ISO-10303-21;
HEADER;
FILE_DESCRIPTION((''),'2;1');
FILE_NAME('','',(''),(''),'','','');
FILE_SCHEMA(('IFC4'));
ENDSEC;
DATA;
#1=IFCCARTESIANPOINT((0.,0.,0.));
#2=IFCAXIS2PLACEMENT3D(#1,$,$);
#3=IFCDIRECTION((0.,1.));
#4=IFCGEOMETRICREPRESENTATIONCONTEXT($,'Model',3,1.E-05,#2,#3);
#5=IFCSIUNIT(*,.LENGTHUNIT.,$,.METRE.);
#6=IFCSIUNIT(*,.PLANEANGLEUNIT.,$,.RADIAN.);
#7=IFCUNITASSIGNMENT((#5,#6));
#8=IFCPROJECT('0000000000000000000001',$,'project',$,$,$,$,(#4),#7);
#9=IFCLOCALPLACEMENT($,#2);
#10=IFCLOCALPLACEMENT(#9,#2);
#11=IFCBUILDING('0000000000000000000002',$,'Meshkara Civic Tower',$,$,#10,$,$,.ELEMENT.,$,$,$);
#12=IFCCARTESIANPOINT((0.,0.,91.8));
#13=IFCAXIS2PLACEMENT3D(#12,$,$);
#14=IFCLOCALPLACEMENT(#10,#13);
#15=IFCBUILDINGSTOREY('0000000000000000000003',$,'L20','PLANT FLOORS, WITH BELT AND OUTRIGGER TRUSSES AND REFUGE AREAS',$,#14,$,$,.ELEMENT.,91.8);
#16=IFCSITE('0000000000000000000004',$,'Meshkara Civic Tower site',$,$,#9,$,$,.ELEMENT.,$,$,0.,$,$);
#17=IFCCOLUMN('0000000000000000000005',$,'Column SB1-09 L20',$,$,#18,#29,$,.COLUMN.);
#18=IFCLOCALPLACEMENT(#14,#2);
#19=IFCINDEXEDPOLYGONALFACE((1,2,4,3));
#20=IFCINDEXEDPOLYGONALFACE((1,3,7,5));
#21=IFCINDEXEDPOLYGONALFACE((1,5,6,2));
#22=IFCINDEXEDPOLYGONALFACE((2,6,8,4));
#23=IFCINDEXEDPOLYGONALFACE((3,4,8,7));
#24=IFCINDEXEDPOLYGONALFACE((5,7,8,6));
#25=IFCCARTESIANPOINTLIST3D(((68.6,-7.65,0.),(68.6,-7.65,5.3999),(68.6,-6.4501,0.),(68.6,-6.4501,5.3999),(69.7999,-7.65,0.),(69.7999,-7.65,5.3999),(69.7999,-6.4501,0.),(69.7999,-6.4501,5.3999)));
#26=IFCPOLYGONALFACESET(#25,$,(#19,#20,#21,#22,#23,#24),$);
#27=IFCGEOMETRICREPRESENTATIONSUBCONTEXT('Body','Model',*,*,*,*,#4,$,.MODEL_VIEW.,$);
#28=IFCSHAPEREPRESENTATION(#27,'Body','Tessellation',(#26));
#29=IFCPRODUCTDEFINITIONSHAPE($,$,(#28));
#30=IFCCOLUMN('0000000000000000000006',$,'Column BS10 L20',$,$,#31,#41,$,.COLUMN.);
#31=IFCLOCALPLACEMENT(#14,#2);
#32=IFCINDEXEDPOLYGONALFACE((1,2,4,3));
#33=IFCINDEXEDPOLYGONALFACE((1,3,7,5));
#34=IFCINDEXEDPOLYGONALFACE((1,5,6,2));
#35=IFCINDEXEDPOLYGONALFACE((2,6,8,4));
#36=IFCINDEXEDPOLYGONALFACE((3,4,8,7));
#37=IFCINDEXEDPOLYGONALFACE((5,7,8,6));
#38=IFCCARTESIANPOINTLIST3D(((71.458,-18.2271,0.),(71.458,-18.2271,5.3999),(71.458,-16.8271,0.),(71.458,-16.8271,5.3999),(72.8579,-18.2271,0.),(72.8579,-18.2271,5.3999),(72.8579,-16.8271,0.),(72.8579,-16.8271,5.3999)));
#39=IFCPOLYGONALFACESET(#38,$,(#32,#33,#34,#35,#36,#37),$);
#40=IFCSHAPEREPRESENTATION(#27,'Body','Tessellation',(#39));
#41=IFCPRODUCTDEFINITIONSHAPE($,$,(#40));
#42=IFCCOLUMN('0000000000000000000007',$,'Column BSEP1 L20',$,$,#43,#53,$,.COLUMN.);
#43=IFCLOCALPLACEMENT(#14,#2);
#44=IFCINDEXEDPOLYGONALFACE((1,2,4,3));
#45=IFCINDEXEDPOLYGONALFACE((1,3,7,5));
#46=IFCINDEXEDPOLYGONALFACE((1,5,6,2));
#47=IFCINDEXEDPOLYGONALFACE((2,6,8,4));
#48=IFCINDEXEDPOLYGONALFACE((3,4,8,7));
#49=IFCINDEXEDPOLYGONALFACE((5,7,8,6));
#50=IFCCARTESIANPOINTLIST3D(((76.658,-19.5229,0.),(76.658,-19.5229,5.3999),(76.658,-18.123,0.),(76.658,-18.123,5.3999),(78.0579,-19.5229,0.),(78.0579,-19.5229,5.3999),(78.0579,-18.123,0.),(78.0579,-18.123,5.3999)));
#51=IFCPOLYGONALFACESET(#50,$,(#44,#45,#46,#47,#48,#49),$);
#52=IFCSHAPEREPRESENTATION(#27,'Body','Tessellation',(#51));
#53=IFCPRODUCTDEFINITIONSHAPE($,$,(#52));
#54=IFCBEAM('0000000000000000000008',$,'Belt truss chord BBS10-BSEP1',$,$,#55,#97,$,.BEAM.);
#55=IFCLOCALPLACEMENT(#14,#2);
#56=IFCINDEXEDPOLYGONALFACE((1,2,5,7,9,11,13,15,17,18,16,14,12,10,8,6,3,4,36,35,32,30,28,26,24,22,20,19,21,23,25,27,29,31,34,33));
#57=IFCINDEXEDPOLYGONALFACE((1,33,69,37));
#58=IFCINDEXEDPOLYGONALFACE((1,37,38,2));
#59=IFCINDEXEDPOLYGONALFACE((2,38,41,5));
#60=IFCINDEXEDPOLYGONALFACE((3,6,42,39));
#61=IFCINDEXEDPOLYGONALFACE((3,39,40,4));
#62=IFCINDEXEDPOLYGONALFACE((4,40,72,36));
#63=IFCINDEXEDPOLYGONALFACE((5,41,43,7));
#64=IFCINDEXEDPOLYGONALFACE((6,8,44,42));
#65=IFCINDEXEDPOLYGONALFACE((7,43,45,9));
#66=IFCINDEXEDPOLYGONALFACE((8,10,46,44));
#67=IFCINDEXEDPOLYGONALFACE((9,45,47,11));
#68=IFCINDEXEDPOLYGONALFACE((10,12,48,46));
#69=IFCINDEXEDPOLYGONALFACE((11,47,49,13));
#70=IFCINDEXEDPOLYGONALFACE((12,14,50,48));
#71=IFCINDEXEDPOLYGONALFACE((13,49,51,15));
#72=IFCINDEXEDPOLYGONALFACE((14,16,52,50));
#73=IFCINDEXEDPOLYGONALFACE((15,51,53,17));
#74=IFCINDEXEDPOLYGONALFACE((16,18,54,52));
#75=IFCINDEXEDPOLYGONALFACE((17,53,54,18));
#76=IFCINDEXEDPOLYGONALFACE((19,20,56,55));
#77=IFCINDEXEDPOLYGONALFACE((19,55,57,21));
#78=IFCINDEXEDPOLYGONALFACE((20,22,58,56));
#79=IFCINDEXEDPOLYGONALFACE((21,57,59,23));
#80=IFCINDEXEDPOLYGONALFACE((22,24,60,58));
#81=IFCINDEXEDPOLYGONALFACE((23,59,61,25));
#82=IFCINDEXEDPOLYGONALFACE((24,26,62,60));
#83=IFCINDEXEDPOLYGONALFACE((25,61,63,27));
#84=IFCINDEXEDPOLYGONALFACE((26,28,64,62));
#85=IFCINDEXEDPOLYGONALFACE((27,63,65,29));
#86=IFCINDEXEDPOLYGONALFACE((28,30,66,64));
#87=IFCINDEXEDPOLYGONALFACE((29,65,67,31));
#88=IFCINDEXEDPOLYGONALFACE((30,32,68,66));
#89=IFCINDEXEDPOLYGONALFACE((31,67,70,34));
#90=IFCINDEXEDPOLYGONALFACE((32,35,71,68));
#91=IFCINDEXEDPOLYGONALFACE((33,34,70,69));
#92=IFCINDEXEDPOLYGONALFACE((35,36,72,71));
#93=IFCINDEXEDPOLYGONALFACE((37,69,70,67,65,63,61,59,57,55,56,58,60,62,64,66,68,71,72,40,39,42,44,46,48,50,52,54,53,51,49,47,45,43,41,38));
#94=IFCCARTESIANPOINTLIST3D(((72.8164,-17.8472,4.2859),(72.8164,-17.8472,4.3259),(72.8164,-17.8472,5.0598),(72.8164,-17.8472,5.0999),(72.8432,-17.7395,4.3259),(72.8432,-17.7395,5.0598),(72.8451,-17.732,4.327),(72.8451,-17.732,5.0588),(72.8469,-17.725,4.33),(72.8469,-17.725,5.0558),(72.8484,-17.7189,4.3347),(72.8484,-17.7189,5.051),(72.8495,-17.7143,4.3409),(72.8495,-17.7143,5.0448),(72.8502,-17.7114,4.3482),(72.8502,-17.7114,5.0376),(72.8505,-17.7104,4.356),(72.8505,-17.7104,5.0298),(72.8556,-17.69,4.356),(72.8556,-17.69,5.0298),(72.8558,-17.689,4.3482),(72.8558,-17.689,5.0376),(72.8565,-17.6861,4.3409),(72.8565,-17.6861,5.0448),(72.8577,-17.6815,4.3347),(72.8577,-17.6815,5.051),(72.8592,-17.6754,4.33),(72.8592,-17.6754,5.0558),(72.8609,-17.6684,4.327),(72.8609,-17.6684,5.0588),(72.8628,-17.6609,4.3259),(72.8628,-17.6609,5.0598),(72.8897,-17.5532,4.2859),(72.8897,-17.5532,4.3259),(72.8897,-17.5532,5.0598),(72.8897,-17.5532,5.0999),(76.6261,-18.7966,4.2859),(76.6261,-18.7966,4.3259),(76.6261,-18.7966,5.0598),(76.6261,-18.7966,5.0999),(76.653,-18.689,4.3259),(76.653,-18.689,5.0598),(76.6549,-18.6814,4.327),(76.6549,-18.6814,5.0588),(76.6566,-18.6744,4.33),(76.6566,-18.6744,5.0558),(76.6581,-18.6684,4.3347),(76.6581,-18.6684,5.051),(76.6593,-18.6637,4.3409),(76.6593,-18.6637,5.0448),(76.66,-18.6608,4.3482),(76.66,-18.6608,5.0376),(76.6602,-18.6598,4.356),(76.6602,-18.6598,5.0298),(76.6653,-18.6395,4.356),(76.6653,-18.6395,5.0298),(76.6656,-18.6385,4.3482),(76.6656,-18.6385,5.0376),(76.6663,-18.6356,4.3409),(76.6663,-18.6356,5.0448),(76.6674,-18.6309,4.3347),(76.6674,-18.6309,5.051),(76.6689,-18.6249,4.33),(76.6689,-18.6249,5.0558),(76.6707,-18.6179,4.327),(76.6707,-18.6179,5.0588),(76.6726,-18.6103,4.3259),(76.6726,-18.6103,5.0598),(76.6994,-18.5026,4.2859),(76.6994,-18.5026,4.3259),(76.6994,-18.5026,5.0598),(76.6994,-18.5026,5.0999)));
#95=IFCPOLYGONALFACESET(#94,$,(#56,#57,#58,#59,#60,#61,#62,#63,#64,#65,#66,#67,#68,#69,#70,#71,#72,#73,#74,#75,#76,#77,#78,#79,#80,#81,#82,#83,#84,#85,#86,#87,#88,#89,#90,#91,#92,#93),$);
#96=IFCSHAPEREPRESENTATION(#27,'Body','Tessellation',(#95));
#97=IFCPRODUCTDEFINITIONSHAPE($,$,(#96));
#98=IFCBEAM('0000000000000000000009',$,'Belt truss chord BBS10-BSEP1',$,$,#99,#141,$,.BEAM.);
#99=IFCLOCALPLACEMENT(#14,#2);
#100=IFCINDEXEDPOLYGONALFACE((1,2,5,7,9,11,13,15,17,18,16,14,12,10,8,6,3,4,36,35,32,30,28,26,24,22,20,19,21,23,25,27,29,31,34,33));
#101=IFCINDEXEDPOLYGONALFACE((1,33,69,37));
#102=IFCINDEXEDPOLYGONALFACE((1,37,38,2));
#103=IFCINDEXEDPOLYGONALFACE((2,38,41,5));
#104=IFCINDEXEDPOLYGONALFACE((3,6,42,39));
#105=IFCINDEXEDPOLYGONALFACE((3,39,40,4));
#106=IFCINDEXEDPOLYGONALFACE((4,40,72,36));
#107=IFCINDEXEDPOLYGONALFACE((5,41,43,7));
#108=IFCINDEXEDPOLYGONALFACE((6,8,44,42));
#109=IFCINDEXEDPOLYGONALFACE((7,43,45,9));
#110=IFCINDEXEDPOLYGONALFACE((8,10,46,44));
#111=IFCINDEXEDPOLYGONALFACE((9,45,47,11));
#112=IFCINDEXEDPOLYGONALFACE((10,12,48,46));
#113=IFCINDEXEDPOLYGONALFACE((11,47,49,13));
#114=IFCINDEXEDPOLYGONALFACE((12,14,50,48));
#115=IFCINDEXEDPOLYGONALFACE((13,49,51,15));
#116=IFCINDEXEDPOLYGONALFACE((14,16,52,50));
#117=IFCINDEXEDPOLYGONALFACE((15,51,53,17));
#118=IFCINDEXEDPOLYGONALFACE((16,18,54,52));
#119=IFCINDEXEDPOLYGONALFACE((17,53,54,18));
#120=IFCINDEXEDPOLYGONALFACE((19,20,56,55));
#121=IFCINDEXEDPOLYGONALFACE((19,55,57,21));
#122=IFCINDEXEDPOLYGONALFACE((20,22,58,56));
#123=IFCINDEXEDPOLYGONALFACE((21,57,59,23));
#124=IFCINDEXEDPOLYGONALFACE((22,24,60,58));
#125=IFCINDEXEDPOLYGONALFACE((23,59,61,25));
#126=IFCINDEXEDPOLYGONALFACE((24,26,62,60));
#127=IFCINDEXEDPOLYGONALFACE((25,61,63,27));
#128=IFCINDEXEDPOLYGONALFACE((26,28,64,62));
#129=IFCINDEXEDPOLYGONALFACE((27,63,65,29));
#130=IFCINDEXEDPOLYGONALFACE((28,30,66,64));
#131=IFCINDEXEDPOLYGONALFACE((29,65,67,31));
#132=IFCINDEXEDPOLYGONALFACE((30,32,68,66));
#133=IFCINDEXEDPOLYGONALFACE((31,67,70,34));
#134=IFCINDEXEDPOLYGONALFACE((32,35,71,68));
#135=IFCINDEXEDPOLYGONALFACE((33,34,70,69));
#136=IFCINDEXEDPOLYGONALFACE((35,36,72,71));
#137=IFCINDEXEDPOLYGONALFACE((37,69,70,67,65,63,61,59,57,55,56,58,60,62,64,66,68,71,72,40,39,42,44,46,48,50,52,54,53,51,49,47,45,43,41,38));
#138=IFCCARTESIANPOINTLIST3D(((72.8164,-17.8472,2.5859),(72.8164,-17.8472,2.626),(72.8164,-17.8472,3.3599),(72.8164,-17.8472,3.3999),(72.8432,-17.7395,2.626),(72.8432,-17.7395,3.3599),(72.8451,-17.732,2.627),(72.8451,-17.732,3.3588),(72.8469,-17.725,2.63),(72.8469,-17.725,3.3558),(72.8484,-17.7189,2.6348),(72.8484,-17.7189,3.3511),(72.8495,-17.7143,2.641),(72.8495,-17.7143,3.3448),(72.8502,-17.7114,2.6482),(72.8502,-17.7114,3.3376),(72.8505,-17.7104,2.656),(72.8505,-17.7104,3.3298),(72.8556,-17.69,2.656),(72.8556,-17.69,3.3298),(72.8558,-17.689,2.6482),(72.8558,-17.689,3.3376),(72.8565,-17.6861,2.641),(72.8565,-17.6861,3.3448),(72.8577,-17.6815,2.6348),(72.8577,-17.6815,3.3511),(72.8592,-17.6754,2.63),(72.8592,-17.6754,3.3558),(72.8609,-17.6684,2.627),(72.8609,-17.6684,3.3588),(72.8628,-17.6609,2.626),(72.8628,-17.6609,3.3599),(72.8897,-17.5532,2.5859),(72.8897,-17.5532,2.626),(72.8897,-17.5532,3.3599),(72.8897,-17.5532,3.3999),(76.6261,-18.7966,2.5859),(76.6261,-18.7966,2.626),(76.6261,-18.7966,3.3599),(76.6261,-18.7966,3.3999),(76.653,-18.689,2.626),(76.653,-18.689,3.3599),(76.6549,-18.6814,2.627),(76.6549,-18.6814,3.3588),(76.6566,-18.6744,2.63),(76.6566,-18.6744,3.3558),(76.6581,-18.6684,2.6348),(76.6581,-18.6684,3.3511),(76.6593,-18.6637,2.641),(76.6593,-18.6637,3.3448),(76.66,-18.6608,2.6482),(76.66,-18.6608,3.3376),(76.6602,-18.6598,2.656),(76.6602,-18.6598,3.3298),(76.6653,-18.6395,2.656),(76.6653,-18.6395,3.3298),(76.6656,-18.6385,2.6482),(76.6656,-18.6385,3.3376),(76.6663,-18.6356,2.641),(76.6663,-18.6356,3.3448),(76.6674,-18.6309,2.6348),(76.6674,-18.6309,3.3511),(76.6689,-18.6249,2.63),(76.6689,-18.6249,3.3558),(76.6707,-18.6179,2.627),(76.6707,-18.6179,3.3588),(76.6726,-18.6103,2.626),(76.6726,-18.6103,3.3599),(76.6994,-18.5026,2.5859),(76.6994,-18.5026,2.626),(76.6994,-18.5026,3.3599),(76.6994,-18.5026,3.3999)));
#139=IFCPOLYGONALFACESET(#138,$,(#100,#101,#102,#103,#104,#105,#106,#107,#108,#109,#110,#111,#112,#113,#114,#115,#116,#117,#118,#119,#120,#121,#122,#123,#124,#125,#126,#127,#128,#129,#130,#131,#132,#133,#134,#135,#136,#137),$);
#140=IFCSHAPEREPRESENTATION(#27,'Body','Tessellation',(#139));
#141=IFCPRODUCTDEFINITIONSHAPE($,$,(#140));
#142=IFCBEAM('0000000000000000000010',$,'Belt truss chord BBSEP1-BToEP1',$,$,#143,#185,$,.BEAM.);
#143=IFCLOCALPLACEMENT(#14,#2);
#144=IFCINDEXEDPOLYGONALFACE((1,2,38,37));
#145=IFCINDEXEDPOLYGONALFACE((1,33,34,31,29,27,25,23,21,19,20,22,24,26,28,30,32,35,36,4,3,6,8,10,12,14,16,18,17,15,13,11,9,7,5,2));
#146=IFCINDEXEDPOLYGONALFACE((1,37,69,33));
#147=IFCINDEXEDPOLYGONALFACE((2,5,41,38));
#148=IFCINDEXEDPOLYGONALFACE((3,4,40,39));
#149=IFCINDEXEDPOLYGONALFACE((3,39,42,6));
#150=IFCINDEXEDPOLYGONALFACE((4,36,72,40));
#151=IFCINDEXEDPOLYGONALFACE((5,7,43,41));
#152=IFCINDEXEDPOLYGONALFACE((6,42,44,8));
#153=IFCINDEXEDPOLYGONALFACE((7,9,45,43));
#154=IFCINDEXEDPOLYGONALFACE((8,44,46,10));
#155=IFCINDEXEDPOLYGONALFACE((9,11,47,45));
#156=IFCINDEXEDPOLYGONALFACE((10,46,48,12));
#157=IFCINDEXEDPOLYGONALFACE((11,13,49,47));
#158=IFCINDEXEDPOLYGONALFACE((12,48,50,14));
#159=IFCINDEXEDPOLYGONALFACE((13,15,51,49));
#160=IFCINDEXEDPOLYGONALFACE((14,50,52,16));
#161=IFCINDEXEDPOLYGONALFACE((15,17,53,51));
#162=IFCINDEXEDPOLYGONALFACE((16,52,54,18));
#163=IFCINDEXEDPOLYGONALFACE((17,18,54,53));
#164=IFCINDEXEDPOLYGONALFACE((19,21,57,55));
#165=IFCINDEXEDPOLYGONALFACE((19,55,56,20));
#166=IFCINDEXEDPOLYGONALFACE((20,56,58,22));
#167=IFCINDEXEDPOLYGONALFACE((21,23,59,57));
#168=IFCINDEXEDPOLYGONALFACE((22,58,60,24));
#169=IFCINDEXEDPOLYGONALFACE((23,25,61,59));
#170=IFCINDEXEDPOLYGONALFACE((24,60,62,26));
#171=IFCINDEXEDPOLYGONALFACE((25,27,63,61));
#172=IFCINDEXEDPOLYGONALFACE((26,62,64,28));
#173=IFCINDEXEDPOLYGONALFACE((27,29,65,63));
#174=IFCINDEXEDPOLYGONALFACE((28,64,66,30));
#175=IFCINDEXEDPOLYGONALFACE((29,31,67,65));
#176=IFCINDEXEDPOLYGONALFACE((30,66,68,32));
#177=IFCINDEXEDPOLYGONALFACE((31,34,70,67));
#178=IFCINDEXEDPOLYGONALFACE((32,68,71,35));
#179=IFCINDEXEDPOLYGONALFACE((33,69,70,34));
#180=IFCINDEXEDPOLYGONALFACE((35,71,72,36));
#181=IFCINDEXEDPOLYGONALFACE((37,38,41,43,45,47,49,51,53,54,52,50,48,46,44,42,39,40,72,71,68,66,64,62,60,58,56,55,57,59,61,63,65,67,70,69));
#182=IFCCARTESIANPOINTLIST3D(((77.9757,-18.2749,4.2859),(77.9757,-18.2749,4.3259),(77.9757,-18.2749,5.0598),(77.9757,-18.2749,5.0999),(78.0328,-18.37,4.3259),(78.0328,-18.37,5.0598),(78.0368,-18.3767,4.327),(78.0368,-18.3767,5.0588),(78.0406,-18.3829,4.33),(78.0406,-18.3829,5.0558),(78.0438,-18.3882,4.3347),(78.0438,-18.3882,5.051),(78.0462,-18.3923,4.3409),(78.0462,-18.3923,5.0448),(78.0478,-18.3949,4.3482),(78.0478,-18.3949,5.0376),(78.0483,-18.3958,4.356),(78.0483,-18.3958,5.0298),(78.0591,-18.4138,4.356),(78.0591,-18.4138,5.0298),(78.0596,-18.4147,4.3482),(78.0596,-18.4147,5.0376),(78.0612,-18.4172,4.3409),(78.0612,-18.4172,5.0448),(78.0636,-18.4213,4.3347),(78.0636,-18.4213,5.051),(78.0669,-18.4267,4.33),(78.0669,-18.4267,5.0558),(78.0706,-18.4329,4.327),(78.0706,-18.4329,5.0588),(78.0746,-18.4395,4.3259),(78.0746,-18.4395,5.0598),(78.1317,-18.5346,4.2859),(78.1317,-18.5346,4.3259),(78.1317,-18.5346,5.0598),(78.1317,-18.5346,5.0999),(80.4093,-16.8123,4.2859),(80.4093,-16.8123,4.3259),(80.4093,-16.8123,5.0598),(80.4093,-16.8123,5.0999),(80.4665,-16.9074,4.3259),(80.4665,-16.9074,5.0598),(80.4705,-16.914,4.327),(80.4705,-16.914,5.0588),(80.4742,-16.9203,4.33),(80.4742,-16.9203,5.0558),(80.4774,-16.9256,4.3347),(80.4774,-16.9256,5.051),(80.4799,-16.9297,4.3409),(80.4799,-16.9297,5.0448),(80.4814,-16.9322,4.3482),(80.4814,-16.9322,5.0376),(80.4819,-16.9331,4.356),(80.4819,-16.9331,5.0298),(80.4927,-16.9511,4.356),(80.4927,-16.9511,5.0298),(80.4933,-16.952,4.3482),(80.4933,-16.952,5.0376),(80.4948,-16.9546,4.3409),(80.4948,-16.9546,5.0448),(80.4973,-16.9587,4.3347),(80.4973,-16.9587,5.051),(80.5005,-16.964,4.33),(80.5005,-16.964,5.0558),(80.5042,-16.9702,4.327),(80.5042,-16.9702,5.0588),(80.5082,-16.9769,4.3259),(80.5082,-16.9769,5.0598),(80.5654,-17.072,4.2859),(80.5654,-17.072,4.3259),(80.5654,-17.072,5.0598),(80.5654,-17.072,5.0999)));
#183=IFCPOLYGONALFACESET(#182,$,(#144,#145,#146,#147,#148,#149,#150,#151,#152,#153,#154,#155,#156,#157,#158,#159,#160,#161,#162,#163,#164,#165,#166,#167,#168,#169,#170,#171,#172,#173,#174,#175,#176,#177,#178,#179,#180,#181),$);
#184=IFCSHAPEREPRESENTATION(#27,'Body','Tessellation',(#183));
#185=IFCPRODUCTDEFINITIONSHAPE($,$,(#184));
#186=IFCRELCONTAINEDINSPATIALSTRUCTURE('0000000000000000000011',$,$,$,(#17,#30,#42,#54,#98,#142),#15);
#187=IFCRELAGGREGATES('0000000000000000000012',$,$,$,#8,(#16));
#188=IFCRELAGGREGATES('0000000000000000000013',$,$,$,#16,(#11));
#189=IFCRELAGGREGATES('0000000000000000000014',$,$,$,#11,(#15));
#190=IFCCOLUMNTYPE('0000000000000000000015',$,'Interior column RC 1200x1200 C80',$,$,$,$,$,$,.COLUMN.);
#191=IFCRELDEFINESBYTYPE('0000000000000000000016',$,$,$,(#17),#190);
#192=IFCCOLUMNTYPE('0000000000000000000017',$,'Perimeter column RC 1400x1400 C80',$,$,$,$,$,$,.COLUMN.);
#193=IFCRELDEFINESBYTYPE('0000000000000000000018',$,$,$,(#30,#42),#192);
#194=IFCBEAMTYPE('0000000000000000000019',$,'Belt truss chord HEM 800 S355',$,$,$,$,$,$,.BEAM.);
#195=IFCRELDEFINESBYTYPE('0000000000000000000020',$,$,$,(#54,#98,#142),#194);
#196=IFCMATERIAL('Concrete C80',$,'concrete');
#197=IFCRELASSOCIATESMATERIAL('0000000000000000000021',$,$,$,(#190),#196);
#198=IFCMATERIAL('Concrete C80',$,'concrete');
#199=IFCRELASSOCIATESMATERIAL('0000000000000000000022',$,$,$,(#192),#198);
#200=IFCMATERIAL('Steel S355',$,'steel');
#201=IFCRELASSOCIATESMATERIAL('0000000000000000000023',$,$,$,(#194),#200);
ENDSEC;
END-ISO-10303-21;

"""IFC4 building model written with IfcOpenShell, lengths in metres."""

from ifc_helpers import new_model, si_unit, direction, frame, origin, origin_2d, place, context, subcontext, project, spatial, rectangle, i_section, extrude, material, material_profile, profile_set, type_object, element, save


model = new_model("IFC4")

# Units and contexts
model_context = context("Model", 3, precision=1e-05, world=origin(), true_north=direction((0.0, 1.0)))
body_context = subcontext(model_context, "Body", "Model", "MODEL_VIEW")
ifc_project = project(units=[si_unit("LENGTHUNIT", "METRE"), si_unit("PLANEANGLEUNIT", "RADIAN")], contexts=[model_context])

# Site, building, storey
site_placement = place(None, origin())
site = spatial("IfcSite", under=ifc_project, at=site_placement, Name="Meshkara Civic Tower site", CompositionType="ELEMENT", RefElevation=0.0)
building_placement = place(site_placement, origin())
building = spatial("IfcBuilding", under=site, at=building_placement, Name="Meshkara Civic Tower", CompositionType="ELEMENT")
storey_placement = place(building_placement, frame((0.0, 0.0, 91.8)))
storey = spatial("IfcBuildingStorey", under=building, at=storey_placement, Name="L20", Description="PLANT FLOORS, WITH BELT AND OUTRIGGER TRUSSES AND REFUGE AREAS", CompositionType="ELEMENT", Elevation=91.8)

# Columns
ifc_material_1 = material(Name="Concrete C80", Category="concrete")
ifc_material_profile_1 = material_profile(ifc_material_1, rectangle(XDim=1.2, YDim=1.2, at=origin_2d()))
ifc_profile_set_1 = profile_set([ifc_material_profile_1], Name="Concrete C80")
column_type_1 = type_object("IfcColumnType", Name="Interior column RC 1200x1200 C80", PredefinedType="COLUMN", material=ifc_profile_set_1)
column_placement = place(storey_placement, frame((69.2, -7.05, 0.0), z_axis=(0.0, 0.0, 1.0), x_axis=(1.0, 0.0, 0.0)))
element("IfcColumn", 1, at=column_placement, inside=storey, type_object=column_type_1, Name="Column SB1-09 L20", PredefinedType="COLUMN", context=body_context, shape_type="SweptSolid", body=[
    extrude(rectangle(XDim=1.2, YDim=1.2, at=origin_2d()), origin(), (0.0, 0.0, 1.0), 5.3999),
])
ifc_material_2 = material(Name="Concrete C80", Category="concrete")
ifc_material_profile_2 = material_profile(ifc_material_2, rectangle(XDim=1.3999, YDim=1.3999, at=origin_2d()))
ifc_profile_set_2 = profile_set([ifc_material_profile_2], Name="Concrete C80")
column_type_2 = type_object("IfcColumnType", Name="Perimeter column RC 1400x1400 C80", PredefinedType="COLUMN", material=ifc_profile_set_2)
for number, where, z_axis, x_axis, name in (
    (2, (72.158, -17.5271, 0.0), (0.0, 0.0, 1.0), (1.0, 0.0, 0.0), "Column BS10 L20"),
    (3, (77.3579, -18.823, 0.0), (0.0, 0.0, 1.0), (1.0, 0.0, 0.0), "Column BSEP1 L20"),
):
    element("IfcColumn", number, at=place(storey_placement, frame(where, z_axis=z_axis, x_axis=x_axis)), inside=storey, type_object=column_type_2, Name=name, PredefinedType="COLUMN", context=body_context, shape_type="SweptSolid", body=[
        extrude(rectangle(XDim=1.3999, YDim=1.3999, at=origin_2d()), origin(), (0.0, 0.0, 1.0), 5.3999),
    ])

# Beams
ifc_material_3 = material(Name="Steel S355", Category="steel")
ifc_material_profile_3 = material_profile(ifc_material_3, i_section(OverallWidth=0.303, OverallDepth=0.814, WebThickness=0.021, FlangeThickness=0.04, FilletRadius=0.03, at=origin_2d()))
ifc_profile_set_3 = profile_set([ifc_material_profile_3], Name="Steel S355")
beam_type = type_object("IfcBeamType", Name="Belt truss chord HEM 800 S355", PredefinedType="BEAM", material=ifc_profile_set_3)
for number, where, z_axis, x_axis, name in (
    (4, (72.853, -17.7002, 4.6929), (0.970321, -0.241819, 0.0), (0.241819, 0.970321, 0.0), "Belt truss chord BBS10-BSEP1"),
    (5, (72.853, -17.7002, 2.9929), (0.970321, -0.241819, 0.0), (0.241819, 0.970321, 0.0), "Belt truss chord BBS10-BSEP1"),
):
    element("IfcBeam", number, at=place(storey_placement, frame(where, z_axis=z_axis, x_axis=x_axis)), inside=storey, type_object=beam_type, Name=name, PredefinedType="BEAM", context=body_context, shape_type="SweptSolid", body=[
        extrude(i_section(OverallWidth=0.303, OverallDepth=0.814, WebThickness=0.021, FlangeThickness=0.04, FilletRadius=0.03, at=origin_2d()), origin(), (0.0, 0.0, 1.0), 3.9263),
    ])
beam_placement = place(storey_placement, frame((78.0537, -18.4048, 4.6929), z_axis=(0.857106, 0.515141, 0.0), x_axis=(-0.515141, 0.857106, 0.0)))
element("IfcBeam", 6, at=beam_placement, inside=storey, type_object=beam_type, Name="Belt truss chord BBSEP1-BToEP1", PredefinedType="BEAM", context=body_context, shape_type="SweptSolid", body=[
    extrude(i_section(OverallWidth=0.303, OverallDepth=0.814, WebThickness=0.021, FlangeThickness=0.04, FilletRadius=0.03, at=origin_2d()), origin(), (0.0, 0.0, 1.0), 2.8394),
])

save(model, "model.ifc")
